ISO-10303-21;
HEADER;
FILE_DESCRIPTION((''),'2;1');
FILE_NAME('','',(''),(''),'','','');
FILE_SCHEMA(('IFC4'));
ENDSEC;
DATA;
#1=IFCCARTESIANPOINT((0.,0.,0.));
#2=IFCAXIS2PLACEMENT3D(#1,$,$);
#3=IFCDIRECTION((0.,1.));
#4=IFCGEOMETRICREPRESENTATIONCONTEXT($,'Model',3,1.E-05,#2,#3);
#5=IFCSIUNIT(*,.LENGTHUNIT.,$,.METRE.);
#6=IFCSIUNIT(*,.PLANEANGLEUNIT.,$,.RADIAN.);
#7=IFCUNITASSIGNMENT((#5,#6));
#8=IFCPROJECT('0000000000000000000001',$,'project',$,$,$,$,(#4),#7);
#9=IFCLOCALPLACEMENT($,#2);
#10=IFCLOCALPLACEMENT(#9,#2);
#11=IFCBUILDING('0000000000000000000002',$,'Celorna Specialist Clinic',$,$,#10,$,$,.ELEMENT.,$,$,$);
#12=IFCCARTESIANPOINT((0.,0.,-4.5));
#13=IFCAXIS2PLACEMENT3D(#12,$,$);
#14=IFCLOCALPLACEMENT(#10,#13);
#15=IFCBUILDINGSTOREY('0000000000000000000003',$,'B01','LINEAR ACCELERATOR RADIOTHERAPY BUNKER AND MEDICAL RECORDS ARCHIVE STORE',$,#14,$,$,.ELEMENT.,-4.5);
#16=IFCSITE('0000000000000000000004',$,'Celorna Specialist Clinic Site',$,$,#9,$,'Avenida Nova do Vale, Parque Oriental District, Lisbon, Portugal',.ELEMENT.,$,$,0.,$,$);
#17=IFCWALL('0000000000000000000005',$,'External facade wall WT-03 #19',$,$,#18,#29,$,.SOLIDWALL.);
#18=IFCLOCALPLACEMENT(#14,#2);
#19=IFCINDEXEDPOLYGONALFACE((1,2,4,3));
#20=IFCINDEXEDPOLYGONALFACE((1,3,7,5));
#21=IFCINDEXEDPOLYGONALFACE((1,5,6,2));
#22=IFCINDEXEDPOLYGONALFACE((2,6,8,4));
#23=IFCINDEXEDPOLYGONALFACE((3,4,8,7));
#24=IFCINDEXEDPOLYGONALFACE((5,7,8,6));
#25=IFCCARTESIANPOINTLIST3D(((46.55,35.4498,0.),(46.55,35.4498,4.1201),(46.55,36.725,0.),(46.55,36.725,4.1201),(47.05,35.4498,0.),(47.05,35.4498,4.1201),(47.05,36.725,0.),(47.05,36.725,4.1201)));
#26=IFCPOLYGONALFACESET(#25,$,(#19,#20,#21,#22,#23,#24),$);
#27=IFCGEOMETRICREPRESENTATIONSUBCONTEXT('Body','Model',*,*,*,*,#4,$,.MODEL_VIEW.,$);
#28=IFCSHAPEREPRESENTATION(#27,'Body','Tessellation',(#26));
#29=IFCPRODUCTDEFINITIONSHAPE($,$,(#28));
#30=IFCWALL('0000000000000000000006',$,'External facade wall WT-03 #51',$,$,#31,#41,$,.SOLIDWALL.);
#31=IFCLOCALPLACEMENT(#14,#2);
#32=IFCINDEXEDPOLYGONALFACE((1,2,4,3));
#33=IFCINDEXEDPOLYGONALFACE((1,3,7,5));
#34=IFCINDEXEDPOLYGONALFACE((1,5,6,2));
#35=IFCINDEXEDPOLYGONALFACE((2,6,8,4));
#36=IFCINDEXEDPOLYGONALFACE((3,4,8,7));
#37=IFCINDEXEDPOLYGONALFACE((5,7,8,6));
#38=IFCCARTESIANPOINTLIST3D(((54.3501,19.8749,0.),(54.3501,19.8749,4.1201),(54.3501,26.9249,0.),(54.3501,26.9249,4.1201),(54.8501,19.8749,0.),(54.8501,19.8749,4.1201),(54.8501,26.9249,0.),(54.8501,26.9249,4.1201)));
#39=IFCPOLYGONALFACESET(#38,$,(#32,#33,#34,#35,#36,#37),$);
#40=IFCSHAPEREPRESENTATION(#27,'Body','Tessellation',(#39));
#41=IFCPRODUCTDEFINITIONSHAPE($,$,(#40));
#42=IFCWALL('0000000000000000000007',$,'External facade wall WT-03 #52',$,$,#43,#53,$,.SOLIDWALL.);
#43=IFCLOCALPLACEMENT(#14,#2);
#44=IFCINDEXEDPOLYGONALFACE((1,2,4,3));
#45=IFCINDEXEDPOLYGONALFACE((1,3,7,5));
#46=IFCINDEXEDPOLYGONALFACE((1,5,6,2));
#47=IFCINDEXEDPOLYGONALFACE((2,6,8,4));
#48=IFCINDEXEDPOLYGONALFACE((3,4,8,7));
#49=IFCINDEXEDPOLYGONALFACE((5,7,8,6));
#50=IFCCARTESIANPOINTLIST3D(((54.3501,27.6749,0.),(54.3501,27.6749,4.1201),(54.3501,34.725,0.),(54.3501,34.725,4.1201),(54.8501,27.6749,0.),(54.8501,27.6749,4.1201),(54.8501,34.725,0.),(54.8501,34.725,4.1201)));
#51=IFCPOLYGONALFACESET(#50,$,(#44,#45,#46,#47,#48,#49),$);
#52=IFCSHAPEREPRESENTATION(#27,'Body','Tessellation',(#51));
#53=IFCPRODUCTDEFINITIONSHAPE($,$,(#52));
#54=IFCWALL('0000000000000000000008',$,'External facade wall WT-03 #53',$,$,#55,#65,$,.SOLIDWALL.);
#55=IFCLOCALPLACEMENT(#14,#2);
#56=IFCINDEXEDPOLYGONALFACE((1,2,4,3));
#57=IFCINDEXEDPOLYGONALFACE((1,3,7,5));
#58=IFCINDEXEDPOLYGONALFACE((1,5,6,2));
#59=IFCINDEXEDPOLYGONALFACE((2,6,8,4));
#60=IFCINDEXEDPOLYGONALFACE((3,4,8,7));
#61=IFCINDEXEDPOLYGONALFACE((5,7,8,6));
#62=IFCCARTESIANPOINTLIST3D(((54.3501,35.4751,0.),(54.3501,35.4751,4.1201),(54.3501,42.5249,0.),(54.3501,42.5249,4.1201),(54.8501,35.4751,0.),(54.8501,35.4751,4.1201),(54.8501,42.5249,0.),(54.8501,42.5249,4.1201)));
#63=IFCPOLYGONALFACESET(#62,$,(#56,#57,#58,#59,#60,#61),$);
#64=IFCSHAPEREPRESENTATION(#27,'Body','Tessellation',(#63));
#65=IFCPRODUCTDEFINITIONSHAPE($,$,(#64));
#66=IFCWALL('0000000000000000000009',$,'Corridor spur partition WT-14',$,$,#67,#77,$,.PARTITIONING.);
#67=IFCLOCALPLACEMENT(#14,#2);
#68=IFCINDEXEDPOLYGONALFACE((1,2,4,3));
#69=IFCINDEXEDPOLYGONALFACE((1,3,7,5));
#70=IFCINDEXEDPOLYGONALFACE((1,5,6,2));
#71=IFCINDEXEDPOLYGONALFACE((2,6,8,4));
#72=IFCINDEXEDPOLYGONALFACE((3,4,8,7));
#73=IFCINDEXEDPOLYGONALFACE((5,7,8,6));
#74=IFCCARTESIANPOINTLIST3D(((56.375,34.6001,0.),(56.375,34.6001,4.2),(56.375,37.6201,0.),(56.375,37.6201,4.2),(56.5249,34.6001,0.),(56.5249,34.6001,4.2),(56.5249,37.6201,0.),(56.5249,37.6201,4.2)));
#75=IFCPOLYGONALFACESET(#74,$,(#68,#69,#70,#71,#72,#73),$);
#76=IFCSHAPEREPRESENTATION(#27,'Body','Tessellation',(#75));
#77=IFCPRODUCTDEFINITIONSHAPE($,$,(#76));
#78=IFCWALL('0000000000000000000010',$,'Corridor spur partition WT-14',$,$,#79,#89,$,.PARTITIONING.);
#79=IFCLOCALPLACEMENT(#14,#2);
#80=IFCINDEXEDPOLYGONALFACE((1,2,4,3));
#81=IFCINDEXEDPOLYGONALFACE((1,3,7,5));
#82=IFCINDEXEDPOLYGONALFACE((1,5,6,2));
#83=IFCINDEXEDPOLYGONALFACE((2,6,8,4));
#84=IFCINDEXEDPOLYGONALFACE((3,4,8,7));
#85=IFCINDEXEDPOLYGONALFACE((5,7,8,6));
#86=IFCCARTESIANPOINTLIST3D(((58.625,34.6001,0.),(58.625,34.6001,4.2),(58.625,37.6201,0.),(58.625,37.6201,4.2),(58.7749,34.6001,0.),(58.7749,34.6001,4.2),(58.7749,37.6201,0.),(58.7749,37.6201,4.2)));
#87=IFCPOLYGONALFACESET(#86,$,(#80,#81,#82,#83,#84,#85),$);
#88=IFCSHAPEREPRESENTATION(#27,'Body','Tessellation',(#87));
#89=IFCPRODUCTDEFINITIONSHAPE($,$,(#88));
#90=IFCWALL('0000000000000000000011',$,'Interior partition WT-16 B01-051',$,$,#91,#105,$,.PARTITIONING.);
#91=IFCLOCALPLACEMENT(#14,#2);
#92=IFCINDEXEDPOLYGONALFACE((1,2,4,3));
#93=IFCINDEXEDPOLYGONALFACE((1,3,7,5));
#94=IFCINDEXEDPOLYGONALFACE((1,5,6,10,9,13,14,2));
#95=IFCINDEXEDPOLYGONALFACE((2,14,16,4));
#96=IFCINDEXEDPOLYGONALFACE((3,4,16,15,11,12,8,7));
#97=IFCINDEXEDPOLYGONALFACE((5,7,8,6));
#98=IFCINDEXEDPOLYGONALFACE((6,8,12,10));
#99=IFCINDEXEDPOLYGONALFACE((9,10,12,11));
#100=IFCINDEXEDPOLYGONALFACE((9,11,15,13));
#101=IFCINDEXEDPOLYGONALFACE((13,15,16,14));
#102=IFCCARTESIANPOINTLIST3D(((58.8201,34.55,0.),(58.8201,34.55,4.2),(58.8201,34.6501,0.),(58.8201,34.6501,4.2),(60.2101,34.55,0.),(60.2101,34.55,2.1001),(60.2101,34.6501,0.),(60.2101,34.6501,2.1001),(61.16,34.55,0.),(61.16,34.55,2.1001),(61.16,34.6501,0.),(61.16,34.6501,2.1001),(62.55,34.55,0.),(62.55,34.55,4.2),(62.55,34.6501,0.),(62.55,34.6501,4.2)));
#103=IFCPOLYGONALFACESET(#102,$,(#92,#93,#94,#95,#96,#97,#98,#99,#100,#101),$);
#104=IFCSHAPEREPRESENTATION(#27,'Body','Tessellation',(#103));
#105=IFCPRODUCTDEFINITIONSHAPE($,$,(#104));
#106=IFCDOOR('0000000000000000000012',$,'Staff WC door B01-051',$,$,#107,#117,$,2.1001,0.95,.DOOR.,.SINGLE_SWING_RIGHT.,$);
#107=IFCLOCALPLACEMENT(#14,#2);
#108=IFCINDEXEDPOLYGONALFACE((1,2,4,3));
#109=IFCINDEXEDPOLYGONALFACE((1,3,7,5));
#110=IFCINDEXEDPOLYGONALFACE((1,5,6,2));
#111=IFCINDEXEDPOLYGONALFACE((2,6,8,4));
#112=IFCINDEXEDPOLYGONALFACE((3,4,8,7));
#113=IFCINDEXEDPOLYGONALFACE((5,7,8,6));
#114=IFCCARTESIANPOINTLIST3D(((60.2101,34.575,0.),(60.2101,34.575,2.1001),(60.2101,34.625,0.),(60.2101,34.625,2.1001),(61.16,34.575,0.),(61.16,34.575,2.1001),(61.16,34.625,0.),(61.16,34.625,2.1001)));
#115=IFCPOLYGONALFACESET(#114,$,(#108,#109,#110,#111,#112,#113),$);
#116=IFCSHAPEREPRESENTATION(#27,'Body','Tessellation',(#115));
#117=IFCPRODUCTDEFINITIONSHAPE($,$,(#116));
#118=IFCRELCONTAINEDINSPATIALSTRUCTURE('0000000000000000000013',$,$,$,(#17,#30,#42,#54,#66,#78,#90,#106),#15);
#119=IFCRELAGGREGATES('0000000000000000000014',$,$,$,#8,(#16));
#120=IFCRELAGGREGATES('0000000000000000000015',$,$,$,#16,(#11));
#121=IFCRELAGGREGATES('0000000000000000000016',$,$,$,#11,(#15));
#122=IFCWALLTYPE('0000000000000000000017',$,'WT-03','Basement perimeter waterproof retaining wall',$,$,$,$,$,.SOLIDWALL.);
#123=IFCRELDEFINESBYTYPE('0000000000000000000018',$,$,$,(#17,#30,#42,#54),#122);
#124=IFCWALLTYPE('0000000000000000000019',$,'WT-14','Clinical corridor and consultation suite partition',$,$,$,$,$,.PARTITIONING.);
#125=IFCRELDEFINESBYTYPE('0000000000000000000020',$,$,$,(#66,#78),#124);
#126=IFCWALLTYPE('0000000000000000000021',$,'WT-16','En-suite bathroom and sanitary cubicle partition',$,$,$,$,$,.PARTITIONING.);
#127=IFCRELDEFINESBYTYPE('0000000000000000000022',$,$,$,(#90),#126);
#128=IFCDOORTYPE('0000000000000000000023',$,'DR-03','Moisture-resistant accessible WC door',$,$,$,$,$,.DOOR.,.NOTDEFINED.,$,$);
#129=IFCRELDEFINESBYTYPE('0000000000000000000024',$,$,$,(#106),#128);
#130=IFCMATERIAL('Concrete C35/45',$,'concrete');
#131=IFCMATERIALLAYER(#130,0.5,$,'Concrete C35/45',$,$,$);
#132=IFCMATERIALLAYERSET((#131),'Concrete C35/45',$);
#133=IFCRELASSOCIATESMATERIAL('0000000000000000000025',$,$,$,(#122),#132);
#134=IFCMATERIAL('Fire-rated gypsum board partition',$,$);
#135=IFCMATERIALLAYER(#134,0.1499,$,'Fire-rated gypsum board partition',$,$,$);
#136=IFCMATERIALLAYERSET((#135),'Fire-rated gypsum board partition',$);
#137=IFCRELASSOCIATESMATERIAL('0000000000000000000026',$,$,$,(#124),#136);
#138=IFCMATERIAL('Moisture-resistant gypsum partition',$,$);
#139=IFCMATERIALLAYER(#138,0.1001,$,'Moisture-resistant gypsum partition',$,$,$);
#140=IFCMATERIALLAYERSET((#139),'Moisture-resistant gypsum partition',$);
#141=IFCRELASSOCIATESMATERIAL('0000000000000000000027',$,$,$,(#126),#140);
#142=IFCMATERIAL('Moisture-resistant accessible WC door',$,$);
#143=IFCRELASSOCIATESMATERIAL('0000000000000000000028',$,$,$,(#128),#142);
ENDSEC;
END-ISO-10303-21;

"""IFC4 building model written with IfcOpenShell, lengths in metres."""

from ifc_helpers import new_model, si_unit, direction, frame, frame_2d, origin, place, context, subcontext, project, spatial, rectangle, extrude, material, layer, layer_set, type_object, element, fill, save


model = new_model("IFC4")

# Units and contexts
model_context = context("Model", 3, precision=1e-05, world=origin(), true_north=direction((0.0, 1.0)))
body_context = subcontext(model_context, "Body", "Model", "MODEL_VIEW")
ifc_project = project(units=[si_unit("LENGTHUNIT", "METRE"), si_unit("PLANEANGLEUNIT", "RADIAN")], contexts=[model_context])

# Site, building, storey
site_placement = place(None, origin())
site = spatial("IfcSite", under=ifc_project, at=site_placement, Name="Celorna Specialist Clinic Site", LongName="Avenida Nova do Vale, Parque Oriental District, Lisbon, Portugal", CompositionType="ELEMENT", RefElevation=0.0)
building_placement = place(site_placement, origin())
building = spatial("IfcBuilding", under=site, at=building_placement, Name="Celorna Specialist Clinic", CompositionType="ELEMENT")
storey_placement = place(building_placement, frame((0.0, 0.0, -4.5)))
storey = spatial("IfcBuildingStorey", under=building, at=storey_placement, Name="B01", Description="LINEAR ACCELERATOR RADIOTHERAPY BUNKER AND MEDICAL RECORDS ARCHIVE STORE", CompositionType="ELEMENT", Elevation=-4.5)

# Shared definitions
ifc_material_1 = material(Name="Concrete C35/45", Category="concrete")

# Walls
ifc_layer_1 = layer(ifc_material_1, 0.5, Name="Concrete C35/45")
ifc_layer_set_1 = layer_set([ifc_layer_1], Name="Concrete C35/45")
wall_type_1 = type_object("IfcWallType", Name="WT-03", Description="Basement perimeter waterproof retaining wall", PredefinedType="SOLIDWALL", material=ifc_layer_set_1)
wall_1_placement = place(storey_placement, frame((46.8, 36.7251, 0.0), z_axis=(0.0, 0.0, 1.0), x_axis=(0.0, -1.0, 0.0)))
element("IfcWall", 1, at=wall_1_placement, inside=storey, type_object=wall_type_1, Name="External facade wall WT-03 #19", PredefinedType="SOLIDWALL", context=body_context, shape_type="SweptSolid", body=[
    extrude(rectangle(XDim=1.2751, YDim=0.5, at=frame_2d((0.6377, 0.0))), origin(), (0.0, 0.0, 1.0), 4.1201),
])
for number, where, z_axis, x_axis, name in (
    (2, (54.6001, 19.875, 0.0), (0.0, 0.0, 1.0), (0.0, 1.0, 0.0), "External facade wall WT-03 #51"),
    (3, (54.6001, 27.675, 0.0), (0.0, 0.0, 1.0), (0.0, 1.0, 0.0), "External facade wall WT-03 #52"),
):
    element("IfcWall", number, at=place(storey_placement, frame(where, z_axis=z_axis, x_axis=x_axis)), inside=storey, type_object=wall_type_1, Name=name, PredefinedType="SOLIDWALL", context=body_context, shape_type="SweptSolid", body=[
        extrude(rectangle(XDim=7.05, YDim=0.5, at=frame_2d((3.5249, 0.0))), origin(), (0.0, 0.0, 1.0), 4.1201),
    ])
wall_2_placement = place(storey_placement, frame((54.6001, 35.4751, 0.0), z_axis=(0.0, 0.0, 1.0), x_axis=(0.0, 1.0, 0.0)))
element("IfcWall", 4, at=wall_2_placement, inside=storey, type_object=wall_type_1, Name="External facade wall WT-03 #53", PredefinedType="SOLIDWALL", context=body_context, shape_type="SweptSolid", body=[
    extrude(rectangle(XDim=7.0498, YDim=0.5, at=frame_2d((3.5249, 0.0))), origin(), (0.0, 0.0, 1.0), 4.1201),
])
ifc_material_2 = material(Name="Fire-rated gypsum board partition")
ifc_layer_2 = layer(ifc_material_2, 0.1499, Name="Fire-rated gypsum board partition")
ifc_layer_set_2 = layer_set([ifc_layer_2], Name="Fire-rated gypsum board partition")
wall_type_2 = type_object("IfcWallType", Name="WT-14", Description="Clinical corridor and consultation suite partition", PredefinedType="PARTITIONING", material=ifc_layer_set_2)
for number, where, z_axis, x_axis, name in (
    (5, (56.45, 34.6001, 0.0), (0.0, 0.0, 1.0), (0.0, 1.0, 0.0), "Corridor spur partition WT-14"),
    (6, (58.7, 34.6001, 0.0), (0.0, 0.0, 1.0), (0.0, 1.0, 0.0), "Corridor spur partition WT-14"),
):
    element("IfcWall", number, at=place(storey_placement, frame(where, z_axis=z_axis, x_axis=x_axis)), inside=storey, type_object=wall_type_2, Name=name, PredefinedType="PARTITIONING", context=body_context, shape_type="SweptSolid", body=[
        extrude(rectangle(XDim=3.02, YDim=0.1499, at=frame_2d((1.51, 0.0))), origin(), (0.0, 0.0, 1.0), 4.2),
    ])

# Wall, opening, door
ifc_material_3 = material(Name="Moisture-resistant gypsum partition")
ifc_layer_3 = layer(ifc_material_3, 0.1001, Name="Moisture-resistant gypsum partition")
ifc_layer_set_3 = layer_set([ifc_layer_3], Name="Moisture-resistant gypsum partition")
wall_type_3 = type_object("IfcWallType", Name="WT-16", Description="En-suite bathroom and sanitary cubicle partition", PredefinedType="PARTITIONING", material=ifc_layer_set_3)
wall_3_placement = place(storey_placement, frame((58.8201, 34.6001, 0.0), z_axis=(0.0, 0.0, 1.0), x_axis=(1.0, 0.0, 0.0)))
wall_3 = element("IfcWall", 7, at=wall_3_placement, inside=storey, type_object=wall_type_3, Name="Interior partition WT-16 B01-051", PredefinedType="PARTITIONING", context=body_context, shape_type="SweptSolid", body=[
    extrude(rectangle(XDim=3.73, YDim=0.1001, at=frame_2d((1.865, 0.0))), origin(), (0.0, 0.0, 1.0), 4.2),
])
opening_placement = place(wall_3_placement, frame((1.3899, 0.0, 0.0)))
opening = element("IfcOpeningElement", 8, at=opening_placement, cuts=wall_3, PredefinedType="OPENING", context=body_context, shape_type="SweptSolid", body=[
    extrude(rectangle(XDim=0.95, YDim=2.1001, at=frame_2d((0.4751, 1.05))), frame((0.0, 0.0601, 0.0), z_axis=(0.0, -1.0, 0.0), x_axis=(1.0, 0.0, 0.0)), (0.0, 0.0, 1.0), 0.1201),
])
ifc_material_4 = material(Name="Moisture-resistant accessible WC door")
door_type = type_object("IfcDoorType", Name="DR-03", Description="Moisture-resistant accessible WC door", OperationType="NOTDEFINED", PredefinedType="DOOR", material=ifc_material_4)
door_placement = place(opening_placement, origin())
door = element("IfcDoor", 9, at=door_placement, inside=storey, type_object=door_type, Name="Staff WC door B01-051", OperationType="SINGLE_SWING_RIGHT", OverallHeight=2.1001, OverallWidth=0.95, PredefinedType="DOOR", context=body_context, shape_type="SweptSolid", body=[
    extrude(rectangle(XDim=0.95, YDim=2.1001, at=frame_2d((0.4751, 1.05))), frame((0.0, 0.0249, 0.0), z_axis=(0.0, -1.0, 0.0), x_axis=(1.0, 0.0, 0.0)), (0.0, 0.0, 1.0), 0.05),
])
fill(opening, door)

save(model, "model.ifc")
